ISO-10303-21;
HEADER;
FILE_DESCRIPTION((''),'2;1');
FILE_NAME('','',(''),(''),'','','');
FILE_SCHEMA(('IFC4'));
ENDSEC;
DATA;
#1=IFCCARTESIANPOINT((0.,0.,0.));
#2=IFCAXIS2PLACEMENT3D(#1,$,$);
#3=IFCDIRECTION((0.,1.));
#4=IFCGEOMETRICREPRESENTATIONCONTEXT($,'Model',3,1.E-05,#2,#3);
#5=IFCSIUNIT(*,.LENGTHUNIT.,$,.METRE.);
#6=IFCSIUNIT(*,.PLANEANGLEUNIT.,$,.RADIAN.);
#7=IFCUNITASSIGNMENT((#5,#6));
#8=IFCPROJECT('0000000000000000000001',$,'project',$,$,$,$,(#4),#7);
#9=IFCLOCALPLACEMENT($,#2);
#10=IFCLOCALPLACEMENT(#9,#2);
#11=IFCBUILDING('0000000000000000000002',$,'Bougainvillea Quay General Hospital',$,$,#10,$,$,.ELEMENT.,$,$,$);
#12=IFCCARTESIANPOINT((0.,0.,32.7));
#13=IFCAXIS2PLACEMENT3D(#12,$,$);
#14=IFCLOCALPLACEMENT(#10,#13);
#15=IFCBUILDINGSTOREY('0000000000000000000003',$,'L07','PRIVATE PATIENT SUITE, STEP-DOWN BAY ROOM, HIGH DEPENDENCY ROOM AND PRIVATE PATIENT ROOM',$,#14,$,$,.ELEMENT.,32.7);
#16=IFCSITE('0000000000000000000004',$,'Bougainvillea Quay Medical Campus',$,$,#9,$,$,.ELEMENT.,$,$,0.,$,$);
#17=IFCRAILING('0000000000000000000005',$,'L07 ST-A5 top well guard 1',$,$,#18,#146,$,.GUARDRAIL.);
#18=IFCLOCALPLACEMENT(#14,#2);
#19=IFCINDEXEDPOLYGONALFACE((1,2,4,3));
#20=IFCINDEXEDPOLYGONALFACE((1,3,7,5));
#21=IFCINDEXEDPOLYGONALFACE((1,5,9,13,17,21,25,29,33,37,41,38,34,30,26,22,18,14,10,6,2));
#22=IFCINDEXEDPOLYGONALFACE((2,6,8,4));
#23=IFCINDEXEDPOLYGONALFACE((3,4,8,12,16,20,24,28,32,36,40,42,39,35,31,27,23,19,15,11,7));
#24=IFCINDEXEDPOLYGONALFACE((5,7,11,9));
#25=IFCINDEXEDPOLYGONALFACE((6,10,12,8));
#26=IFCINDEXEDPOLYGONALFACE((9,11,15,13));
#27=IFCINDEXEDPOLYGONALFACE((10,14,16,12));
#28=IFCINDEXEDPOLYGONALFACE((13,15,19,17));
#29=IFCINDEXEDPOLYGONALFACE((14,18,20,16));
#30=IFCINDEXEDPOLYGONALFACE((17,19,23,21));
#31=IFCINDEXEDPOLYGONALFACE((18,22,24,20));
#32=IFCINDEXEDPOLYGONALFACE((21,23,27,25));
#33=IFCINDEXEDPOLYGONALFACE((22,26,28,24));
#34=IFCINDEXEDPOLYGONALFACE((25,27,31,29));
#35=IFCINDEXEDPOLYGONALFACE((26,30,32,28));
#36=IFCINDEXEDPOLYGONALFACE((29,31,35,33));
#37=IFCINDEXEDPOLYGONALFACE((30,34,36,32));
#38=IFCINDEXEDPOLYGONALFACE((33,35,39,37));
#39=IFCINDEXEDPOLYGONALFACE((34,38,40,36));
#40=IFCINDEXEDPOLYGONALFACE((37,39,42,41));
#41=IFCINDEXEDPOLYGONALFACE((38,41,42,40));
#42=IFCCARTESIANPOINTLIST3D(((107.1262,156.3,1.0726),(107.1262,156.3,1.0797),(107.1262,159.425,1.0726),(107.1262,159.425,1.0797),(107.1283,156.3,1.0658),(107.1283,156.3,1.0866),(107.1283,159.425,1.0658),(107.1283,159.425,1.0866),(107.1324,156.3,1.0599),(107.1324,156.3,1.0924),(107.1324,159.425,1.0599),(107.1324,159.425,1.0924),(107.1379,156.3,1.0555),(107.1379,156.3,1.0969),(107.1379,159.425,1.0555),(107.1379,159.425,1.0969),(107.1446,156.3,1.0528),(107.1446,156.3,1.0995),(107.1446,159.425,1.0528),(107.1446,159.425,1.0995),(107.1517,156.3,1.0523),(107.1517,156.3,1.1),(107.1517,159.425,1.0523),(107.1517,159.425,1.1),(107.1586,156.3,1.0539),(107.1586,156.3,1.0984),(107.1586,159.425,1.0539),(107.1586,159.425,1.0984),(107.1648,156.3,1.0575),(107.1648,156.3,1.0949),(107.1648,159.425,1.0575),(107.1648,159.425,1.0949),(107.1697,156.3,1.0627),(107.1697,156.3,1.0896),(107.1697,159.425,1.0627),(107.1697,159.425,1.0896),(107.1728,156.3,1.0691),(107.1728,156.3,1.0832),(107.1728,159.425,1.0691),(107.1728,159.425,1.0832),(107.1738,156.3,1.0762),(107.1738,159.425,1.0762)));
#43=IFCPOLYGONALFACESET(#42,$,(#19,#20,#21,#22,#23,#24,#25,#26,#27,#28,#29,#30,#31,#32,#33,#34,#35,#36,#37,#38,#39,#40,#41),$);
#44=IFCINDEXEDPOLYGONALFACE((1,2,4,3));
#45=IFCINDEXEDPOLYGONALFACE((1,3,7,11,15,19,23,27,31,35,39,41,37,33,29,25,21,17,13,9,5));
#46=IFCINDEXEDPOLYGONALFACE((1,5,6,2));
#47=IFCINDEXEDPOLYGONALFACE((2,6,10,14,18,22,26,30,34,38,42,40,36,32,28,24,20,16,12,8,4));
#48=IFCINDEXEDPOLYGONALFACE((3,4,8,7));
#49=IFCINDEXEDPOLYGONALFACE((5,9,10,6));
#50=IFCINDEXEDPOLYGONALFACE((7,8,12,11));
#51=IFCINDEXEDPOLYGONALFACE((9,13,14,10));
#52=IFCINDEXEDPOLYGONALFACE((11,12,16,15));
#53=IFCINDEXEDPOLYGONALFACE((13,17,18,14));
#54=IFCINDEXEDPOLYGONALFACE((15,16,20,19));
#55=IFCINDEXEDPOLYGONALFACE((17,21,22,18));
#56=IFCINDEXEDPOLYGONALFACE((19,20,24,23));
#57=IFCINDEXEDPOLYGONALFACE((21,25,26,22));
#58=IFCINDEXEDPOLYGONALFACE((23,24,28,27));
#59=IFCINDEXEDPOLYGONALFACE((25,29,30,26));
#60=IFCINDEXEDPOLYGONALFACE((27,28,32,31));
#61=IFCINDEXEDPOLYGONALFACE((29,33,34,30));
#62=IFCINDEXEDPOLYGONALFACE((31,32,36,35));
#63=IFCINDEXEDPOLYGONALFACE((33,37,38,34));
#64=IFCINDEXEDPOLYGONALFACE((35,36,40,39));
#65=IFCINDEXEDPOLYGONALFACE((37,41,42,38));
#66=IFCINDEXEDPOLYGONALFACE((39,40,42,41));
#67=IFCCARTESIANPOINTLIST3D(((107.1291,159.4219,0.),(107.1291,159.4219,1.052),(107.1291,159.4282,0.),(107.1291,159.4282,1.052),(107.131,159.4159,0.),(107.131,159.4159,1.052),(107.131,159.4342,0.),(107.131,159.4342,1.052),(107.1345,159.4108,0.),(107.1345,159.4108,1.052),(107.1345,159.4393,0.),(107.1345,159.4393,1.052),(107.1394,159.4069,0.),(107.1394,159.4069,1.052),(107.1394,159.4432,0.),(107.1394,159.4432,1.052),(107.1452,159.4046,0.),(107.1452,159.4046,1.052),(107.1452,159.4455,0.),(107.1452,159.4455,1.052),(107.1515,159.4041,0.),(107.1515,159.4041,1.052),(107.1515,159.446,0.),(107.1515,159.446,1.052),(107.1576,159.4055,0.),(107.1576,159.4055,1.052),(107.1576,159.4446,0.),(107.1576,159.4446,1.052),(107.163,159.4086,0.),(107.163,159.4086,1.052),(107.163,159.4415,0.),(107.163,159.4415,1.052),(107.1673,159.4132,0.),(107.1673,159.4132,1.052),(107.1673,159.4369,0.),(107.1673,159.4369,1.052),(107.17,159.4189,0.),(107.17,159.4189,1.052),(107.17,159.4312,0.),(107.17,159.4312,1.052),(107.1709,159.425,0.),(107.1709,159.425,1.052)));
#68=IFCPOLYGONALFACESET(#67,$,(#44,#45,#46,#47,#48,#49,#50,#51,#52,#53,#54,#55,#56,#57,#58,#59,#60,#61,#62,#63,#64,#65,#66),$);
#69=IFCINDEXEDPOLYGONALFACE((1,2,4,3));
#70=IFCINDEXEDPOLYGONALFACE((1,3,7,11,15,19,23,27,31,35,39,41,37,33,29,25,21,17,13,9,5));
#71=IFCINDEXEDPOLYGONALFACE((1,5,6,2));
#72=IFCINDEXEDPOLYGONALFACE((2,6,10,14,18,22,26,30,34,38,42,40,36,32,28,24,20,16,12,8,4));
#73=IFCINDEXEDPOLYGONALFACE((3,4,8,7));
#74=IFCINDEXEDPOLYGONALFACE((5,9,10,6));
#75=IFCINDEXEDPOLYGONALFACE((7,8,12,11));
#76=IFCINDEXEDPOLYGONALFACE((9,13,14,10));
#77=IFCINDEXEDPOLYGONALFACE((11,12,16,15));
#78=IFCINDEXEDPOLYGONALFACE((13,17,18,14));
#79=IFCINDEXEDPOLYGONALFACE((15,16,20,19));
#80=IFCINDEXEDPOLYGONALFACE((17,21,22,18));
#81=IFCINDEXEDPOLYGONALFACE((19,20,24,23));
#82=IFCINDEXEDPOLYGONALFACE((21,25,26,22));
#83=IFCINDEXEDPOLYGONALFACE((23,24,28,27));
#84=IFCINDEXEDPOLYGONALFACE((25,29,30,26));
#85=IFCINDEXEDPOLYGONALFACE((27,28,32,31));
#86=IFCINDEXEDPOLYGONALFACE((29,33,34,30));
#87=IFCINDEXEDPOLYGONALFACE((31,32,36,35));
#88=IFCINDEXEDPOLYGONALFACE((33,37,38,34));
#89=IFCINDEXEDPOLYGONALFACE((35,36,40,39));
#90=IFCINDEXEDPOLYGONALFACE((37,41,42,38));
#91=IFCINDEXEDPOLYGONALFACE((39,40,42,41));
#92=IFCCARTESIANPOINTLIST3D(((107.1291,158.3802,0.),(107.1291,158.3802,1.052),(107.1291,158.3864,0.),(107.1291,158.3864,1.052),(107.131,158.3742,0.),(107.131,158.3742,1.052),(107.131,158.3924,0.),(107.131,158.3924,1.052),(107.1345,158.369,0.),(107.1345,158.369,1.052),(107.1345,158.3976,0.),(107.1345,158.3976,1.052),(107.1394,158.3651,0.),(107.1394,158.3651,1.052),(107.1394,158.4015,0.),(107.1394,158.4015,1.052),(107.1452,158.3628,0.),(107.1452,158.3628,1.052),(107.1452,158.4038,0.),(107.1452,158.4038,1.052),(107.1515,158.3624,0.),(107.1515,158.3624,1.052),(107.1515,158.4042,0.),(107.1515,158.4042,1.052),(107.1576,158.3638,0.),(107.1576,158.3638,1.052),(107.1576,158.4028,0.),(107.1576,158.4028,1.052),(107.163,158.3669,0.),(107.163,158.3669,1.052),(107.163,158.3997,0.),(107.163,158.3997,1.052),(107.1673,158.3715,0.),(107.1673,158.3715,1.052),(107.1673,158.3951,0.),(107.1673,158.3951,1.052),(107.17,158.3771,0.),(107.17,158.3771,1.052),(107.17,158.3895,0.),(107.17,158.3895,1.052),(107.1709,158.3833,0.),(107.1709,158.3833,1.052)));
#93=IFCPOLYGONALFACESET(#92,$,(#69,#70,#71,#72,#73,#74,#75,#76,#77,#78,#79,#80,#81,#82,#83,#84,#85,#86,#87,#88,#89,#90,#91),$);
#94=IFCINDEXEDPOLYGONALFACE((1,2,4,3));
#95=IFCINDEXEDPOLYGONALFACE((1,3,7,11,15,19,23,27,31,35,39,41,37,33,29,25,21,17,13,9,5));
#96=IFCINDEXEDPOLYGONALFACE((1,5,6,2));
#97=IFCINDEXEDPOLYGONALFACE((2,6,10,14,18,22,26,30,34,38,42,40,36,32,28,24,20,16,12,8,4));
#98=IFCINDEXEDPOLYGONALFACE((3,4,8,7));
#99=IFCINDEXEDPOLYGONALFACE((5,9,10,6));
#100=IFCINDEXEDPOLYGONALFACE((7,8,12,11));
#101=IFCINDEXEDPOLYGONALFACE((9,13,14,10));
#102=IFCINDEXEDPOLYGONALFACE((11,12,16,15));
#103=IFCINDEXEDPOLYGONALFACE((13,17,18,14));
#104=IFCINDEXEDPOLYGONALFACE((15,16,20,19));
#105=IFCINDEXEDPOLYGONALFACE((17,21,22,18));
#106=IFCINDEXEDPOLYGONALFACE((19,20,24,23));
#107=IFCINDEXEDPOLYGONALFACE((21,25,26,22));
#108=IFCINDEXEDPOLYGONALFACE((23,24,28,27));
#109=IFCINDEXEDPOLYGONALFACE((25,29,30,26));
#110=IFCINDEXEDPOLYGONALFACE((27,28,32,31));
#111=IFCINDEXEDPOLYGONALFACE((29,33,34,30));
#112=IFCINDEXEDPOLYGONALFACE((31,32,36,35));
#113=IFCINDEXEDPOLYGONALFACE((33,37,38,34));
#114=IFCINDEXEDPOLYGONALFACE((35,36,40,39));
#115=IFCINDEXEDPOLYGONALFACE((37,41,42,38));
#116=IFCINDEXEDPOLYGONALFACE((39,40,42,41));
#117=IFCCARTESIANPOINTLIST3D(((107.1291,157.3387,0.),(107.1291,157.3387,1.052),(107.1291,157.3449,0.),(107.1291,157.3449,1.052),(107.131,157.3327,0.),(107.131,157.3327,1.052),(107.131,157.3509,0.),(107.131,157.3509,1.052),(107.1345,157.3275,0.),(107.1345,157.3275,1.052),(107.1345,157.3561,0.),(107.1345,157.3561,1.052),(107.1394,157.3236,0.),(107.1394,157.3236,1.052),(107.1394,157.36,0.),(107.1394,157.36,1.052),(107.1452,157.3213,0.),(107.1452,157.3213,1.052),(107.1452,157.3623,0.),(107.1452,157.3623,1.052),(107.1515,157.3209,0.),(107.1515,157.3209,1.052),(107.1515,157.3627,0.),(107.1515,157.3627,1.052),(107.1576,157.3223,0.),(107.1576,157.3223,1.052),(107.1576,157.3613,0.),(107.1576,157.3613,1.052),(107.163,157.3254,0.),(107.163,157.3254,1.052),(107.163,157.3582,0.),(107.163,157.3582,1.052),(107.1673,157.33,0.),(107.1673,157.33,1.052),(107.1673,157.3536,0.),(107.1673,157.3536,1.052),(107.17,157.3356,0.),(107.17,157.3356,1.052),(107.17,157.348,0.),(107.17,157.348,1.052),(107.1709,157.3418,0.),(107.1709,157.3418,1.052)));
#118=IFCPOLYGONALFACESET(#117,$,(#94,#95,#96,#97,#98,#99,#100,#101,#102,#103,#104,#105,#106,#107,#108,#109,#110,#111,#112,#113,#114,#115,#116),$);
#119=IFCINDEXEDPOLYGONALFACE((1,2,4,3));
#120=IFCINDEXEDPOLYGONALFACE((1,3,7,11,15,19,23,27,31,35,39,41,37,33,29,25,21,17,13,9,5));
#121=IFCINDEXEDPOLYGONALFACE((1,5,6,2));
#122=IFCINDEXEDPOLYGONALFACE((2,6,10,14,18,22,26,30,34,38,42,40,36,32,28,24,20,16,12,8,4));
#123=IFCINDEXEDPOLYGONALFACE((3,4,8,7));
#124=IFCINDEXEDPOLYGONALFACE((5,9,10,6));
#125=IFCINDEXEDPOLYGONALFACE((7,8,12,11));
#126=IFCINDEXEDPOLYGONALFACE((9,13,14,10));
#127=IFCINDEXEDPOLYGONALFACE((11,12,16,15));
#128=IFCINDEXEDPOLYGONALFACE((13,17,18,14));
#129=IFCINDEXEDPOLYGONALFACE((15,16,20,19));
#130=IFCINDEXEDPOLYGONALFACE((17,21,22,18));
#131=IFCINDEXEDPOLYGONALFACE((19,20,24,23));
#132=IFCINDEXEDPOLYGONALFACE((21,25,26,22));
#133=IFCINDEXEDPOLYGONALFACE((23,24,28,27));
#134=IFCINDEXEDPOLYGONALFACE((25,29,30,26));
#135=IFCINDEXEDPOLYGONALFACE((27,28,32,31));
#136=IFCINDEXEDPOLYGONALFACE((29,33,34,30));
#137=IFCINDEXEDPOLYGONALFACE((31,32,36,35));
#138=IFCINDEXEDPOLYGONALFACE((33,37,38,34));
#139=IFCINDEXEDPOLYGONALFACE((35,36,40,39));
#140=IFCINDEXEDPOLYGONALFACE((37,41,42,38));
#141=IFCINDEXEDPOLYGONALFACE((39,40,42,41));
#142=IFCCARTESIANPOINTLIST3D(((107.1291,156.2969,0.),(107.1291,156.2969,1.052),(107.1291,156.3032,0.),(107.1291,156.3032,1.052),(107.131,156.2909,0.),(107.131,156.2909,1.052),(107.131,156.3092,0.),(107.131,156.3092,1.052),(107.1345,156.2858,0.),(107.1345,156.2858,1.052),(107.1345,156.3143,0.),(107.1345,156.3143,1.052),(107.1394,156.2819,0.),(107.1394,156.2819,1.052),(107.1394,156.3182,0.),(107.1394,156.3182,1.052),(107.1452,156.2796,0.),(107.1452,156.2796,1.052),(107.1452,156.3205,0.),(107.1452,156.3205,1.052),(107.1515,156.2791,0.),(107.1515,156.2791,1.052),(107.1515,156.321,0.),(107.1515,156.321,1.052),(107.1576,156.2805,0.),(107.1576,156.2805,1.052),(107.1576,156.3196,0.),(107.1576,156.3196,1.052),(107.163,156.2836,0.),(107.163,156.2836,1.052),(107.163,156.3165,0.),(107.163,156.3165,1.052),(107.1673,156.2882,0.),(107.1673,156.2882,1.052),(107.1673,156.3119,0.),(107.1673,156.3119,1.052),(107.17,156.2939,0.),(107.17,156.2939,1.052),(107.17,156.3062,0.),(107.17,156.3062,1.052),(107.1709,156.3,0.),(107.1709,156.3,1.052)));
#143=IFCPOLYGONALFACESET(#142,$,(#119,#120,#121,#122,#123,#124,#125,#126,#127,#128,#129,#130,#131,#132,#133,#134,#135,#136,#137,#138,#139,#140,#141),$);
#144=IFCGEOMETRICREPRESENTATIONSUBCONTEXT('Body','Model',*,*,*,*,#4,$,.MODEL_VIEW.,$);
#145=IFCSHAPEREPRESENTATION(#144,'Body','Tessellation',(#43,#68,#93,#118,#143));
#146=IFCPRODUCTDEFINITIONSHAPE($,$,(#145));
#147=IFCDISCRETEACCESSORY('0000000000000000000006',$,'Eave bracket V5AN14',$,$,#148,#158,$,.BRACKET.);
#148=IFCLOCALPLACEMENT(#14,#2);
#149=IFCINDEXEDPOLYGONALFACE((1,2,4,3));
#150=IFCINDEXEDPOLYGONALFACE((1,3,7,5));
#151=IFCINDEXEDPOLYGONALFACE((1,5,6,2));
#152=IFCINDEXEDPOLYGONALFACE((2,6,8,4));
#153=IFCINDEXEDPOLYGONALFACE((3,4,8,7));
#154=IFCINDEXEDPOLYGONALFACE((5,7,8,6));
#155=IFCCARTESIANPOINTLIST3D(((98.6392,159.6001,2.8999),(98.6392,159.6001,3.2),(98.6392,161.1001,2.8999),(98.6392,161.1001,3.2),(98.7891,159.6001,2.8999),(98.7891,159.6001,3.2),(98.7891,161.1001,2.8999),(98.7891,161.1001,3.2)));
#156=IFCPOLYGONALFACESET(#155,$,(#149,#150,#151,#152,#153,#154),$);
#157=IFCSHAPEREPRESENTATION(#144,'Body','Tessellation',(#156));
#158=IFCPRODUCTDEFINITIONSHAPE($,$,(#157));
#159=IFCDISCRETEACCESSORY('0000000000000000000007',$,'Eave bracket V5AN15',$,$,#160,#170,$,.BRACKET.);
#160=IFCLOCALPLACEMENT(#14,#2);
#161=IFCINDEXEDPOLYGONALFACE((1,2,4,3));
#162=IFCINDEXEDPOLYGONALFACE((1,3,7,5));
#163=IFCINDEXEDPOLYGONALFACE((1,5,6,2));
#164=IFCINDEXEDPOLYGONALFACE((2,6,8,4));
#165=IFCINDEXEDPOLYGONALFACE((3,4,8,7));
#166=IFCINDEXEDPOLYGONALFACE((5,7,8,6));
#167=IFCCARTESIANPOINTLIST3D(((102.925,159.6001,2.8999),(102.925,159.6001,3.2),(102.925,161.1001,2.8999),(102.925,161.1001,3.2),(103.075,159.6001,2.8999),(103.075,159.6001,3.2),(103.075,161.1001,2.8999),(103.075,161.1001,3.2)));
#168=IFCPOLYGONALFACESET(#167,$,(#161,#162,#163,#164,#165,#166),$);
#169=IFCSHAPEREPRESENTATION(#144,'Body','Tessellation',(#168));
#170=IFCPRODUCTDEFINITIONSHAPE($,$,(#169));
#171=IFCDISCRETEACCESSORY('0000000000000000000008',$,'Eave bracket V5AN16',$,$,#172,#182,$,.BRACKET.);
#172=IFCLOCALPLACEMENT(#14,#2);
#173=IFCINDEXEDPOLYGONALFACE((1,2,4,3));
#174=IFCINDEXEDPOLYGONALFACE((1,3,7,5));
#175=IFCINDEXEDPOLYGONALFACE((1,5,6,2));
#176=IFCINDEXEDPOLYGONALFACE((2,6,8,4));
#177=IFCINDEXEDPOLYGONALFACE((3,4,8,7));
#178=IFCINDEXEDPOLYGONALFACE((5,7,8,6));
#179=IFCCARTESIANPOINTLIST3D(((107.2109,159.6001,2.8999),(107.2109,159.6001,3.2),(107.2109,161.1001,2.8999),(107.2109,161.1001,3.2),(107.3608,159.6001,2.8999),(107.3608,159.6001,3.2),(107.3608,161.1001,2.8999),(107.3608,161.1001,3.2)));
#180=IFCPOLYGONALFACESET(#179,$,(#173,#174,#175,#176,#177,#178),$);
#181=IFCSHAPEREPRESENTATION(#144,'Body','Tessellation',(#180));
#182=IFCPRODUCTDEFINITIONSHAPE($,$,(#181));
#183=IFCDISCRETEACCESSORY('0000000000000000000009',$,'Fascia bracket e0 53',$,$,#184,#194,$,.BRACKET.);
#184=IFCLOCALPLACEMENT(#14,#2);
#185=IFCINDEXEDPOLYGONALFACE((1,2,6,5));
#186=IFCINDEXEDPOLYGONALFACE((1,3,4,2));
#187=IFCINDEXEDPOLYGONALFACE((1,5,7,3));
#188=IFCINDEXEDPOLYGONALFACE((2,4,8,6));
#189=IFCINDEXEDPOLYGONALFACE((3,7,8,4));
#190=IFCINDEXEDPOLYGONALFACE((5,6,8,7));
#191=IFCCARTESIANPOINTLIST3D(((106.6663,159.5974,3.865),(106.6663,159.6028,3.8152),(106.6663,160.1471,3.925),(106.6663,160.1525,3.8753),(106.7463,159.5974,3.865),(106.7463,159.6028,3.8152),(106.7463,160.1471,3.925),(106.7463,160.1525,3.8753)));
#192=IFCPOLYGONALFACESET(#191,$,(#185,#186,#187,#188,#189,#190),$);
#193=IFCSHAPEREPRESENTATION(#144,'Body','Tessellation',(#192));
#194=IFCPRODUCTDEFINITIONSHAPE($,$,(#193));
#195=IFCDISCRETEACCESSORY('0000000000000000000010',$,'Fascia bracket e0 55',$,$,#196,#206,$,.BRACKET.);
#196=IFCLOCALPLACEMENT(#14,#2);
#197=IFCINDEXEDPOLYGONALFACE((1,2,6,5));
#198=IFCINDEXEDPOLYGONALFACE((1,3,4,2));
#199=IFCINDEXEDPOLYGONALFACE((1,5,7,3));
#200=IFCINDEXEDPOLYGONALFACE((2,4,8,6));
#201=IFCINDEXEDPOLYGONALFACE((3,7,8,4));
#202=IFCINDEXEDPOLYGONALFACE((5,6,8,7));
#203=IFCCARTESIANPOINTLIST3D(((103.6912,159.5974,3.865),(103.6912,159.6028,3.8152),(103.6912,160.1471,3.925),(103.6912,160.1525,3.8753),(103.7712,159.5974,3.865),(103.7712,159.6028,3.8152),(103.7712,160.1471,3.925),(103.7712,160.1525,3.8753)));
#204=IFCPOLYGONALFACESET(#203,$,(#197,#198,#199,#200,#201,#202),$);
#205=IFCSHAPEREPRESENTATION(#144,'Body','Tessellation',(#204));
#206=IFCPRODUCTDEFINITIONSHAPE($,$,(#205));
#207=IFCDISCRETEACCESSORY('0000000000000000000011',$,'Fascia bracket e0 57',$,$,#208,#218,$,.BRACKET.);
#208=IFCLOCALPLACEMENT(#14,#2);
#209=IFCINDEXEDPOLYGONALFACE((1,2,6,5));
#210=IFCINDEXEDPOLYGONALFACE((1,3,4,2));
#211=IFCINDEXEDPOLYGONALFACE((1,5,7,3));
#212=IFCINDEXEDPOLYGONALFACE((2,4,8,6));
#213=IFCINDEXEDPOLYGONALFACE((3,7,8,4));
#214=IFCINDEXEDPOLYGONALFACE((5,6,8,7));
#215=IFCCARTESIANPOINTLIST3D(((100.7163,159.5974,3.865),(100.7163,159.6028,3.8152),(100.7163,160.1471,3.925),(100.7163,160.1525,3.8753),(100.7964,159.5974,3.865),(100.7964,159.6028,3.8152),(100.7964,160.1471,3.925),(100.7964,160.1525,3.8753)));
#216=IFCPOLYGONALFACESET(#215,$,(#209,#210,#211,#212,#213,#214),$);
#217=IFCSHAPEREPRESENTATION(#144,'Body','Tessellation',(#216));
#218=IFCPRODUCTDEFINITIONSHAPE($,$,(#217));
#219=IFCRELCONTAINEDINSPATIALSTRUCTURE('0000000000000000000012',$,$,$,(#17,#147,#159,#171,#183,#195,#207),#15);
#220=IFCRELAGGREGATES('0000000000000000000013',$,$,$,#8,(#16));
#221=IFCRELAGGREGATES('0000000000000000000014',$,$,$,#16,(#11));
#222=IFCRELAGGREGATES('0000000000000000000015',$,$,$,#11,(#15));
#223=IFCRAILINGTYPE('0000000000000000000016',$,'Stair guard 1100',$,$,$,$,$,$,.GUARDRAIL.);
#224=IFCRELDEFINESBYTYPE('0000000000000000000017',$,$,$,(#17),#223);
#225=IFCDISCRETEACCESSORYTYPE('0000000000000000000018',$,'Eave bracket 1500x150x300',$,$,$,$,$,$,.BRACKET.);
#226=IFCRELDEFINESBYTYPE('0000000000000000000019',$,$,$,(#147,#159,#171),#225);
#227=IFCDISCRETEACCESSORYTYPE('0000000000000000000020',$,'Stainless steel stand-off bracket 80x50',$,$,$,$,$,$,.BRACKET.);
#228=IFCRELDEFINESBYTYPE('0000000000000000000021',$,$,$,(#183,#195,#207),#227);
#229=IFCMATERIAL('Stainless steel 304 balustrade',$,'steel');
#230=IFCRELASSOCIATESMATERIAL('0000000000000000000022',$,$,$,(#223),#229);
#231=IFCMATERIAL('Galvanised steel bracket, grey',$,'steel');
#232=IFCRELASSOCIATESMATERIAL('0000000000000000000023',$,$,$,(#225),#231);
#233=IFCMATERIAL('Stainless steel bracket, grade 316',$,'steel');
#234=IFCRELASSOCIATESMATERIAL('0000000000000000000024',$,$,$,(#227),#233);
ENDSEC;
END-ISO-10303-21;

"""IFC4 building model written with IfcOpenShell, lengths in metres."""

from ifc_helpers import new_model, si_unit, direction, frame, origin, origin_2d, place, context, subcontext, project, spatial, rectangle, circle, extrude, material, material_profile, profile_set, type_object, element, save


model = new_model("IFC4")

# Units and contexts
model_context = context("Model", 3, precision=1e-05, world=origin(), true_north=direction((0.0, 1.0)))
body_context = subcontext(model_context, "Body", "Model", "MODEL_VIEW")
ifc_project = project(units=[si_unit("LENGTHUNIT", "METRE"), si_unit("PLANEANGLEUNIT", "RADIAN")], contexts=[model_context])

# Site, building, storey
site_placement = place(None, origin())
site = spatial("IfcSite", under=ifc_project, at=site_placement, Name="Bougainvillea Quay Medical Campus", CompositionType="ELEMENT", RefElevation=0.0)
building_placement = place(site_placement, origin())
building = spatial("IfcBuilding", under=site, at=building_placement, Name="Bougainvillea Quay General Hospital", CompositionType="ELEMENT")
storey_placement = place(building_placement, frame((0.0, 0.0, 32.7)))
storey = spatial("IfcBuildingStorey", under=building, at=storey_placement, Name="L07", Description="PRIVATE PATIENT SUITE, STEP-DOWN BAY ROOM, HIGH DEPENDENCY ROOM AND PRIVATE PATIENT ROOM", CompositionType="ELEMENT", Elevation=32.7)

# Railing
ifc_material_1 = material(Name="Stainless steel 304 balustrade", Category="steel")
railing_type = type_object("IfcRailingType", Name="Stair guard 1100", PredefinedType="GUARDRAIL", material=ifc_material_1)
railing_placement = place(storey_placement, frame((107.1499, 159.425, 0.0)))
element("IfcRailing", 1, at=railing_placement, inside=storey, type_object=railing_type, Name="L07 ST-A5 top well guard 1", PredefinedType="GUARDRAIL", context=body_context, shape_type="SweptSolid", body=[
    extrude(circle(Radius=0.0239, at=origin_2d()), frame((0.0, 0.0, 1.0762), z_axis=(0.0, -1.0, 0.0), x_axis=(1.0, 0.0, 0.0)), (0.0, 0.0, 1.0), 3.125),
    extrude(circle(Radius=0.021, at=origin_2d()), origin(), (0.0, 0.0, 1.0), 1.052),
    extrude(circle(Radius=0.021, at=origin_2d()), frame((0.0, -1.0417, 0.0)), (0.0, 0.0, 1.0), 1.052),
    extrude(circle(Radius=0.021, at=origin_2d()), frame((0.0, -2.0833, 0.0)), (0.0, 0.0, 1.0), 1.052),
    extrude(circle(Radius=0.021, at=origin_2d()), frame((0.0, -3.125, 0.0)), (0.0, 0.0, 1.0), 1.052),
])

# Discrete accessories
ifc_material_2 = material(Name="Galvanised steel bracket, grey", Category="steel")
discrete_accessory_type_1 = type_object("IfcDiscreteAccessoryType", Name="Eave bracket 1500x150x300", PredefinedType="BRACKET", material=ifc_material_2)
for number, where, z_axis, x_axis, name in (
    (2, (98.7141, 160.3501, 2.8999), (0.0, 0.0, 1.0), (1.0, 0.0, 0.0), "Eave bracket V5AN14"),
    (3, (103.0, 160.3501, 2.8999), (0.0, 0.0, 1.0), (1.0, 0.0, 0.0), "Eave bracket V5AN15"),
    (4, (107.2859, 160.3501, 2.8999), (0.0, 0.0, 1.0), (1.0, 0.0, 0.0), "Eave bracket V5AN16"),
):
    element("IfcDiscreteAccessory", number, at=place(storey_placement, frame(where, z_axis=z_axis, x_axis=x_axis)), inside=storey, type_object=discrete_accessory_type_1, Name=name, PredefinedType="BRACKET", context=body_context, shape_type="SweptSolid", body=[
        extrude(rectangle(XDim=0.1499, YDim=1.5, at=origin_2d()), origin(), (0.0, 0.0, 1.0), 0.3),
    ])
ifc_material_3 = material(Name="Stainless steel bracket, grade 316", Category="steel")
ifc_material_profile_1 = material_profile(ifc_material_3, rectangle(XDim=0.0801, YDim=0.05, at=origin_2d()))
ifc_profile_set_1 = profile_set([ifc_material_profile_1], Name="Stainless steel bracket, grade 316")
discrete_accessory_type_2 = type_object("IfcDiscreteAccessoryType", Name="Stainless steel stand-off bracket 80x50", PredefinedType="BRACKET", material=ifc_profile_set_1)
for number, where, z_axis, x_axis, name in (
    (5, (106.7063, 159.6001, 3.8401), (0.0, 0.994087, 0.10859), (-1.0, 0.0, 0.0), "Fascia bracket e0 53"),
    (6, (103.7312, 159.6001, 3.8401), (0.0, 0.994087, 0.10859), (-1.0, 0.0, 0.0), "Fascia bracket e0 55"),
    (7, (100.7563, 159.6001, 3.8401), (0.0, 0.994087, 0.10859), (-1.0, 0.0, 0.0), "Fascia bracket e0 57"),
):
    element("IfcDiscreteAccessory", number, at=place(storey_placement, frame(where, z_axis=z_axis, x_axis=x_axis)), inside=storey, type_object=discrete_accessory_type_2, Name=name, PredefinedType="BRACKET", context=body_context, shape_type="SweptSolid", body=[
        extrude(rectangle(XDim=0.0801, YDim=0.05, at=origin_2d()), origin(), (0.0, 0.0, 1.0), 0.553),
    ])

save(model, "model.ifc")
